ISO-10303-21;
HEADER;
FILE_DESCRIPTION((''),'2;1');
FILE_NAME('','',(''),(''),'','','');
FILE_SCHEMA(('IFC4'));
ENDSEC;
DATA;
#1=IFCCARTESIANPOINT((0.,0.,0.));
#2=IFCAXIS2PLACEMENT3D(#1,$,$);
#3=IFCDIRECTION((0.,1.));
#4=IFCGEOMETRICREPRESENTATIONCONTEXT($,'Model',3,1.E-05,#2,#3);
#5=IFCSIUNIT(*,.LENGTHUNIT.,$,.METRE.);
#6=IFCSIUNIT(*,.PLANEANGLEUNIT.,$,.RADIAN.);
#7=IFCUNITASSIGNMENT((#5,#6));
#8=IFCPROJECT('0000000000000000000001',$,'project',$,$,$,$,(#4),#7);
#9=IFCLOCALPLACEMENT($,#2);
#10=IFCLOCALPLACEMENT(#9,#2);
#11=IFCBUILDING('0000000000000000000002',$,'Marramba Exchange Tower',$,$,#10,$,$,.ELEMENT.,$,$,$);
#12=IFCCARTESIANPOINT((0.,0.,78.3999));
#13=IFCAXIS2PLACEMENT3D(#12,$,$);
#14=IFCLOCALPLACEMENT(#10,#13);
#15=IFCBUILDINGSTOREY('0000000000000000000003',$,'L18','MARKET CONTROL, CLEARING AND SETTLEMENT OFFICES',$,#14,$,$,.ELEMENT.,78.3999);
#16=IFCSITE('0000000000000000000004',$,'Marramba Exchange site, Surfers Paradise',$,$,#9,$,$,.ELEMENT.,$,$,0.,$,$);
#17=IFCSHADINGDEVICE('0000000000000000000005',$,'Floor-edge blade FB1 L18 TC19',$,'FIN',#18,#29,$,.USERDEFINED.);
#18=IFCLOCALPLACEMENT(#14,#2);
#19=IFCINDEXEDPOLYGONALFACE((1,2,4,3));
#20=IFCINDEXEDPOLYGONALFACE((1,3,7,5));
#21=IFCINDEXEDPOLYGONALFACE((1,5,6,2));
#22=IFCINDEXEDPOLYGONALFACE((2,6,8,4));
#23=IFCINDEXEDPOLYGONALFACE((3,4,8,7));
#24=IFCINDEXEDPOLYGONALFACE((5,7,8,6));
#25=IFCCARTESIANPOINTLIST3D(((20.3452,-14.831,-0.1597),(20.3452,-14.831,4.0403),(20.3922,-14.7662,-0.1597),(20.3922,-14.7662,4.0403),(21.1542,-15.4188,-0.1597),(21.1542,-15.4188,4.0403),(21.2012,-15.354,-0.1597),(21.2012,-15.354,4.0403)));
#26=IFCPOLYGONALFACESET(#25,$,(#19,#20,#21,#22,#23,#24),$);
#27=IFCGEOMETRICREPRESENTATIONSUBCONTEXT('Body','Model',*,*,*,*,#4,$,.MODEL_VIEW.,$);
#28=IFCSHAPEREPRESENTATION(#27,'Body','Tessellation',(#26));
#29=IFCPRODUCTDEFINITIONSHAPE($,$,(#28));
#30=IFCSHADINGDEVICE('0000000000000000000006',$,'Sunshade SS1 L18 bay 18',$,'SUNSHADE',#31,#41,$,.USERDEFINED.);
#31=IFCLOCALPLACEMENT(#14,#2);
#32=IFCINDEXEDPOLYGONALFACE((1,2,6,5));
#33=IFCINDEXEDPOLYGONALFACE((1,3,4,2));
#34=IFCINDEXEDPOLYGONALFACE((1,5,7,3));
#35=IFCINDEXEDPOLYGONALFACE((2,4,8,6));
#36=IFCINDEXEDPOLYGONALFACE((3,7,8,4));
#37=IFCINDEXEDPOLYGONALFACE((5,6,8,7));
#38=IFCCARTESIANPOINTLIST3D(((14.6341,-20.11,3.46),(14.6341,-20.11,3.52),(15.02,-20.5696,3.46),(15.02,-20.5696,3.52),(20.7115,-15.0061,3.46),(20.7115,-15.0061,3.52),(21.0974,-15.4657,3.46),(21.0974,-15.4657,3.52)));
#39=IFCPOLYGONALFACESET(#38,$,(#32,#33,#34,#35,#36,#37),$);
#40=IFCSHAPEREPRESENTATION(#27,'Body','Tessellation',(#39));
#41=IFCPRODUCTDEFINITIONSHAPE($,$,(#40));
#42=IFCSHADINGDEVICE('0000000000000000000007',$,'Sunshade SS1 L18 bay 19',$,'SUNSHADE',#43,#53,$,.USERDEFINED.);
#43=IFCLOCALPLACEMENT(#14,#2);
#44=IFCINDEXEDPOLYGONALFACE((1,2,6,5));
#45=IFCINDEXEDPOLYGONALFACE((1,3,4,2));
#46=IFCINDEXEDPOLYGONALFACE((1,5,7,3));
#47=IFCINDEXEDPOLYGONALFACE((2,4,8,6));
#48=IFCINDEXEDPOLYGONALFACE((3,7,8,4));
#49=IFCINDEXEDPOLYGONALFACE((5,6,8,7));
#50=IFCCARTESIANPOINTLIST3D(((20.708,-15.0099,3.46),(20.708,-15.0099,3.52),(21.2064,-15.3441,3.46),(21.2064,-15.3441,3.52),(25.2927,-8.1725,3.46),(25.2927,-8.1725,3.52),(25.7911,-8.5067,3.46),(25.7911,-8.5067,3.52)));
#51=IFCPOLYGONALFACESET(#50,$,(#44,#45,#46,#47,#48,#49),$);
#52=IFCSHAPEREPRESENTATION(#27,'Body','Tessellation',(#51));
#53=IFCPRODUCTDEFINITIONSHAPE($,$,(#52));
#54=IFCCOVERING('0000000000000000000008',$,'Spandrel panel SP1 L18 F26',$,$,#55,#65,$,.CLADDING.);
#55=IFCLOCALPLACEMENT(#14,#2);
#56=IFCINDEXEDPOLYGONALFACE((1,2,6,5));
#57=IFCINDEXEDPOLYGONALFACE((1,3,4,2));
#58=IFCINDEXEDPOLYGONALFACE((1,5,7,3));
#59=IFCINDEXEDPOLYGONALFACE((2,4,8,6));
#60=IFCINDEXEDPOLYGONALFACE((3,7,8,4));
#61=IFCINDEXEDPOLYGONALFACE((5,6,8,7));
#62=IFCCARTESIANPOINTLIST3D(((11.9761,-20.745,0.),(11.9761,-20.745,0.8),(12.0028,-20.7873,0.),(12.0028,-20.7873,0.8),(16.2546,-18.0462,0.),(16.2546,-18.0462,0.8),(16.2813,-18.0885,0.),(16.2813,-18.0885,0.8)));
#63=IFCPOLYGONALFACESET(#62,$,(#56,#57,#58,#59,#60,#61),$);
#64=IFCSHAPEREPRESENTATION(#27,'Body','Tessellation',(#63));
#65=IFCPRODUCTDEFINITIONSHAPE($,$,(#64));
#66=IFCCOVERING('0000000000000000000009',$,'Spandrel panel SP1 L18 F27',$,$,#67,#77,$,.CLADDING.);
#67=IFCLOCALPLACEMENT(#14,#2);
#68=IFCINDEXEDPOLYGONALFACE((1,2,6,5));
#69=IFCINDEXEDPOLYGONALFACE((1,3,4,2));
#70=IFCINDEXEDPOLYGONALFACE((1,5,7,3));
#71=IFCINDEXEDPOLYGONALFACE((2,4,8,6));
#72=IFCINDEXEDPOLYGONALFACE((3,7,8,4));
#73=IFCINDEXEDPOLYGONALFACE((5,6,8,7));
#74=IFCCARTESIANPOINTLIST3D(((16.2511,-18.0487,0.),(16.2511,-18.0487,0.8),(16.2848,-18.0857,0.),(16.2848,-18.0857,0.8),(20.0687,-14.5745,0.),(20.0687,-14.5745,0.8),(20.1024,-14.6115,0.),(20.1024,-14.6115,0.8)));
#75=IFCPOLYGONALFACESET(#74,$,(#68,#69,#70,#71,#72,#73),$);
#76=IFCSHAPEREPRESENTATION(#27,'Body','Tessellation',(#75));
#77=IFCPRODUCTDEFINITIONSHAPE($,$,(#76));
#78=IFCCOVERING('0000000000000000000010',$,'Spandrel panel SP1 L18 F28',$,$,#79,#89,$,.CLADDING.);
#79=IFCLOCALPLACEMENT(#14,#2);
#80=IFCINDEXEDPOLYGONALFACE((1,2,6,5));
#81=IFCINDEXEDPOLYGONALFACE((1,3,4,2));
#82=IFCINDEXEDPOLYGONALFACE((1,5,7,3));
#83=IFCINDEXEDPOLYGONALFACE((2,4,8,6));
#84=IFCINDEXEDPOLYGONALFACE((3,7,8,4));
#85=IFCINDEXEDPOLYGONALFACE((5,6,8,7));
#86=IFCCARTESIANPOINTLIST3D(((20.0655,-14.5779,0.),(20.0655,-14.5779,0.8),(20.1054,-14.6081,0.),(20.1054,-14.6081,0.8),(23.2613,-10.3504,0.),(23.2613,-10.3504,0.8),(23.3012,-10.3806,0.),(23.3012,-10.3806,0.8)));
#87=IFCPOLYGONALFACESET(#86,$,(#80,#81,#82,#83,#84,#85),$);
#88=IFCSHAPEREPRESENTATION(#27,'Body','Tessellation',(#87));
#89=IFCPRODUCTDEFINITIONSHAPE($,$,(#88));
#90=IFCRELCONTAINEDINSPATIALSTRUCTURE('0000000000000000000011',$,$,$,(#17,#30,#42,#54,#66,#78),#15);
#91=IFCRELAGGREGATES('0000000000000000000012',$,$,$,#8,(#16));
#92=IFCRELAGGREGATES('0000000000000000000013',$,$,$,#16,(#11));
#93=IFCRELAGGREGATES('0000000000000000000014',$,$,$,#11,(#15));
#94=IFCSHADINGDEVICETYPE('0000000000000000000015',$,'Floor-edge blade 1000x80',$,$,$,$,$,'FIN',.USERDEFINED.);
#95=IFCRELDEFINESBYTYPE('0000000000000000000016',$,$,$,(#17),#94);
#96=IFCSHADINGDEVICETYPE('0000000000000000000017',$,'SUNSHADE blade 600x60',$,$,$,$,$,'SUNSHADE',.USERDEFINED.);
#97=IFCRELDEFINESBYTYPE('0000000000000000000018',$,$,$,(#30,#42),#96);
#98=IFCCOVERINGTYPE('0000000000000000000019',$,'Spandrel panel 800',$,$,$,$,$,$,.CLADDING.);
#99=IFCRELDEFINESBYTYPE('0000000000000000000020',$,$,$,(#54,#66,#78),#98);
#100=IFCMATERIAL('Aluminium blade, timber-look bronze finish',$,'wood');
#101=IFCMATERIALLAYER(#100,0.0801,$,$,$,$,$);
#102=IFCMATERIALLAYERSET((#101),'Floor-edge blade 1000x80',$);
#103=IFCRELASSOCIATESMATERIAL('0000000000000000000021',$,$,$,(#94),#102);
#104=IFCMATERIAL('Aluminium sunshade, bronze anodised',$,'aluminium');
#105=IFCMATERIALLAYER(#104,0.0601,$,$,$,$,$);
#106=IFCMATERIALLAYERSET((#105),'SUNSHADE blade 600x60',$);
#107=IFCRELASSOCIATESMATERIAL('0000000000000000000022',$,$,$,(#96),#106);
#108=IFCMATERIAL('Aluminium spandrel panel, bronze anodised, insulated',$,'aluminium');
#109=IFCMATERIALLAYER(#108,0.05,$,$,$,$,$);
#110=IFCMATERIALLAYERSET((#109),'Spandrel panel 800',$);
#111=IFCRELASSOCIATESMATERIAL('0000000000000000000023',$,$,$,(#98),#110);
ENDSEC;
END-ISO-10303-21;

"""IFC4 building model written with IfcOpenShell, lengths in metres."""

from ifc_helpers import new_model, si_unit, direction, frame, origin, origin_2d, place, context, subcontext, project, spatial, rectangle, extrude, material, layer, layer_set, type_object, element, save


model = new_model("IFC4")

# Units and contexts
model_context = context("Model", 3, precision=1e-05, world=origin(), true_north=direction((0.0, 1.0)))
body_context = subcontext(model_context, "Body", "Model", "MODEL_VIEW")
ifc_project = project(units=[si_unit("LENGTHUNIT", "METRE"), si_unit("PLANEANGLEUNIT", "RADIAN")], contexts=[model_context])

# Site, building, storey
site_placement = place(None, origin())
site = spatial("IfcSite", under=ifc_project, at=site_placement, Name="Marramba Exchange site, Surfers Paradise", CompositionType="ELEMENT", RefElevation=0.0)
building_placement = place(site_placement, origin())
building = spatial("IfcBuilding", under=site, at=building_placement, Name="Marramba Exchange Tower", CompositionType="ELEMENT")
storey_placement = place(building_placement, frame((0.0, 0.0, 78.3999)))
storey = spatial("IfcBuildingStorey", under=building, at=storey_placement, Name="L18", Description="MARKET CONTROL, CLEARING AND SETTLEMENT OFFICES", CompositionType="ELEMENT", Elevation=78.3999)

# Shading devices
ifc_material_1 = material(Name="Aluminium blade, timber-look bronze finish", Category="wood")
ifc_layer_1 = layer(ifc_material_1, 0.0801)
ifc_layer_set_1 = layer_set([ifc_layer_1], Name="Floor-edge blade 1000x80")
shading_device_type_1 = type_object("IfcShadingDeviceType", Name="Floor-edge blade 1000x80", ElementType="FIN", PredefinedType="USERDEFINED", material=ifc_layer_set_1)
for number, where, z_axis, x_axis, name in (
    (1, (20.7732, -15.0925, -0.1597), (0.0, 0.0, 1.0), (0.809017, -0.587785, 0.0), "Floor-edge blade FB1 L18 TC19"),
):
    element("IfcShadingDevice", number, at=place(storey_placement, frame(where, z_axis=z_axis, x_axis=x_axis)), inside=storey, type_object=shading_device_type_1, Name=name, ObjectType="FIN", PredefinedType="USERDEFINED", context=body_context, shape_type="SweptSolid", body=[
        extrude(rectangle(XDim=1.0, YDim=0.0801, at=origin_2d()), origin(), (0.0, 0.0, 1.0), 4.2),
    ])
ifc_material_2 = material(Name="Aluminium sunshade, bronze anodised", Category="aluminium")
ifc_layer_2 = layer(ifc_material_2, 0.0601)
ifc_layer_set_2 = layer_set([ifc_layer_2], Name="SUNSHADE blade 600x60")
shading_device_type_2 = type_object("IfcShadingDeviceType", Name="SUNSHADE blade 600x60", ElementType="SUNSHADE", PredefinedType="USERDEFINED", material=ifc_layer_set_2)
shading_device_1_placement = place(storey_placement, frame((17.8657, -17.7878, 3.46), z_axis=(0.0, 0.0, 1.0), x_axis=(0.765776, 0.643107, 0.0)))
element("IfcShadingDevice", 2, at=shading_device_1_placement, inside=storey, type_object=shading_device_type_2, Name="Sunshade SS1 L18 bay 18", ObjectType="SUNSHADE", PredefinedType="USERDEFINED", context=body_context, shape_type="SweptSolid", body=[
    extrude(rectangle(XDim=7.9363, YDim=0.6001, at=origin_2d()), origin(), (0.0, 0.0, 1.0), 0.0601),
])
shading_device_2_placement = place(storey_placement, frame((23.2495, -11.7583, 3.46), z_axis=(0.0, 0.0, 1.0), x_axis=(0.556924, 0.830563, 0.0)))
element("IfcShadingDevice", 3, at=shading_device_2_placement, inside=storey, type_object=shading_device_type_2, Name="Sunshade SS1 L18 bay 19", ObjectType="SUNSHADE", PredefinedType="USERDEFINED", context=body_context, shape_type="SweptSolid", body=[
    extrude(rectangle(XDim=8.2322, YDim=0.6001, at=origin_2d()), origin(), (0.0, 0.0, 1.0), 0.0601),
])

# Coverings
ifc_material_3 = material(Name="Aluminium spandrel panel, bronze anodised, insulated", Category="aluminium")
ifc_layer_3 = layer(ifc_material_3, 0.05)
ifc_layer_set_3 = layer_set([ifc_layer_3], Name="Spandrel panel 800")
covering_type = type_object("IfcCoveringType", Name="Spandrel panel 800", PredefinedType="CLADDING", material=ifc_layer_set_3)
covering_1_placement = place(storey_placement, frame((14.1287, -19.4167, 0.0), z_axis=(0.0, 0.0, 1.0), x_axis=(0.845791, 0.533515, 0.0)))
element("IfcCovering", 4, at=covering_1_placement, inside=storey, type_object=covering_type, Name="Spandrel panel SP1 L18 F26", PredefinedType="CLADDING", context=body_context, shape_type="SweptSolid", body=[
    extrude(rectangle(XDim=5.0586, YDim=0.05, at=origin_2d()), origin(), (0.0, 0.0, 1.0), 0.8),
])
covering_2_placement = place(storey_placement, frame((18.1768, -16.3301, 0.0), z_axis=(0.0, 0.0, 1.0), x_axis=(0.73959, 0.673058, 0.0)))
element("IfcCovering", 5, at=covering_2_placement, inside=storey, type_object=covering_type, Name="Spandrel panel SP1 L18 F27", PredefinedType="CLADDING", context=body_context, shape_type="SweptSolid", body=[
    extrude(rectangle(XDim=5.1619, YDim=0.05, at=origin_2d()), origin(), (0.0, 0.0, 1.0), 0.8),
])
covering_3_placement = place(storey_placement, frame((21.6833, -12.4792, 0.0), z_axis=(0.0, 0.0, 1.0), x_axis=(0.60304, 0.797711, 0.0)))
element("IfcCovering", 6, at=covering_3_placement, inside=storey, type_object=covering_type, Name="Spandrel panel SP1 L18 F28", PredefinedType="CLADDING", context=body_context, shape_type="SweptSolid", body=[
    extrude(rectangle(XDim=5.2996, YDim=0.05, at=origin_2d()), origin(), (0.0, 0.0, 1.0), 0.8),
])

save(model, "model.ifc")
